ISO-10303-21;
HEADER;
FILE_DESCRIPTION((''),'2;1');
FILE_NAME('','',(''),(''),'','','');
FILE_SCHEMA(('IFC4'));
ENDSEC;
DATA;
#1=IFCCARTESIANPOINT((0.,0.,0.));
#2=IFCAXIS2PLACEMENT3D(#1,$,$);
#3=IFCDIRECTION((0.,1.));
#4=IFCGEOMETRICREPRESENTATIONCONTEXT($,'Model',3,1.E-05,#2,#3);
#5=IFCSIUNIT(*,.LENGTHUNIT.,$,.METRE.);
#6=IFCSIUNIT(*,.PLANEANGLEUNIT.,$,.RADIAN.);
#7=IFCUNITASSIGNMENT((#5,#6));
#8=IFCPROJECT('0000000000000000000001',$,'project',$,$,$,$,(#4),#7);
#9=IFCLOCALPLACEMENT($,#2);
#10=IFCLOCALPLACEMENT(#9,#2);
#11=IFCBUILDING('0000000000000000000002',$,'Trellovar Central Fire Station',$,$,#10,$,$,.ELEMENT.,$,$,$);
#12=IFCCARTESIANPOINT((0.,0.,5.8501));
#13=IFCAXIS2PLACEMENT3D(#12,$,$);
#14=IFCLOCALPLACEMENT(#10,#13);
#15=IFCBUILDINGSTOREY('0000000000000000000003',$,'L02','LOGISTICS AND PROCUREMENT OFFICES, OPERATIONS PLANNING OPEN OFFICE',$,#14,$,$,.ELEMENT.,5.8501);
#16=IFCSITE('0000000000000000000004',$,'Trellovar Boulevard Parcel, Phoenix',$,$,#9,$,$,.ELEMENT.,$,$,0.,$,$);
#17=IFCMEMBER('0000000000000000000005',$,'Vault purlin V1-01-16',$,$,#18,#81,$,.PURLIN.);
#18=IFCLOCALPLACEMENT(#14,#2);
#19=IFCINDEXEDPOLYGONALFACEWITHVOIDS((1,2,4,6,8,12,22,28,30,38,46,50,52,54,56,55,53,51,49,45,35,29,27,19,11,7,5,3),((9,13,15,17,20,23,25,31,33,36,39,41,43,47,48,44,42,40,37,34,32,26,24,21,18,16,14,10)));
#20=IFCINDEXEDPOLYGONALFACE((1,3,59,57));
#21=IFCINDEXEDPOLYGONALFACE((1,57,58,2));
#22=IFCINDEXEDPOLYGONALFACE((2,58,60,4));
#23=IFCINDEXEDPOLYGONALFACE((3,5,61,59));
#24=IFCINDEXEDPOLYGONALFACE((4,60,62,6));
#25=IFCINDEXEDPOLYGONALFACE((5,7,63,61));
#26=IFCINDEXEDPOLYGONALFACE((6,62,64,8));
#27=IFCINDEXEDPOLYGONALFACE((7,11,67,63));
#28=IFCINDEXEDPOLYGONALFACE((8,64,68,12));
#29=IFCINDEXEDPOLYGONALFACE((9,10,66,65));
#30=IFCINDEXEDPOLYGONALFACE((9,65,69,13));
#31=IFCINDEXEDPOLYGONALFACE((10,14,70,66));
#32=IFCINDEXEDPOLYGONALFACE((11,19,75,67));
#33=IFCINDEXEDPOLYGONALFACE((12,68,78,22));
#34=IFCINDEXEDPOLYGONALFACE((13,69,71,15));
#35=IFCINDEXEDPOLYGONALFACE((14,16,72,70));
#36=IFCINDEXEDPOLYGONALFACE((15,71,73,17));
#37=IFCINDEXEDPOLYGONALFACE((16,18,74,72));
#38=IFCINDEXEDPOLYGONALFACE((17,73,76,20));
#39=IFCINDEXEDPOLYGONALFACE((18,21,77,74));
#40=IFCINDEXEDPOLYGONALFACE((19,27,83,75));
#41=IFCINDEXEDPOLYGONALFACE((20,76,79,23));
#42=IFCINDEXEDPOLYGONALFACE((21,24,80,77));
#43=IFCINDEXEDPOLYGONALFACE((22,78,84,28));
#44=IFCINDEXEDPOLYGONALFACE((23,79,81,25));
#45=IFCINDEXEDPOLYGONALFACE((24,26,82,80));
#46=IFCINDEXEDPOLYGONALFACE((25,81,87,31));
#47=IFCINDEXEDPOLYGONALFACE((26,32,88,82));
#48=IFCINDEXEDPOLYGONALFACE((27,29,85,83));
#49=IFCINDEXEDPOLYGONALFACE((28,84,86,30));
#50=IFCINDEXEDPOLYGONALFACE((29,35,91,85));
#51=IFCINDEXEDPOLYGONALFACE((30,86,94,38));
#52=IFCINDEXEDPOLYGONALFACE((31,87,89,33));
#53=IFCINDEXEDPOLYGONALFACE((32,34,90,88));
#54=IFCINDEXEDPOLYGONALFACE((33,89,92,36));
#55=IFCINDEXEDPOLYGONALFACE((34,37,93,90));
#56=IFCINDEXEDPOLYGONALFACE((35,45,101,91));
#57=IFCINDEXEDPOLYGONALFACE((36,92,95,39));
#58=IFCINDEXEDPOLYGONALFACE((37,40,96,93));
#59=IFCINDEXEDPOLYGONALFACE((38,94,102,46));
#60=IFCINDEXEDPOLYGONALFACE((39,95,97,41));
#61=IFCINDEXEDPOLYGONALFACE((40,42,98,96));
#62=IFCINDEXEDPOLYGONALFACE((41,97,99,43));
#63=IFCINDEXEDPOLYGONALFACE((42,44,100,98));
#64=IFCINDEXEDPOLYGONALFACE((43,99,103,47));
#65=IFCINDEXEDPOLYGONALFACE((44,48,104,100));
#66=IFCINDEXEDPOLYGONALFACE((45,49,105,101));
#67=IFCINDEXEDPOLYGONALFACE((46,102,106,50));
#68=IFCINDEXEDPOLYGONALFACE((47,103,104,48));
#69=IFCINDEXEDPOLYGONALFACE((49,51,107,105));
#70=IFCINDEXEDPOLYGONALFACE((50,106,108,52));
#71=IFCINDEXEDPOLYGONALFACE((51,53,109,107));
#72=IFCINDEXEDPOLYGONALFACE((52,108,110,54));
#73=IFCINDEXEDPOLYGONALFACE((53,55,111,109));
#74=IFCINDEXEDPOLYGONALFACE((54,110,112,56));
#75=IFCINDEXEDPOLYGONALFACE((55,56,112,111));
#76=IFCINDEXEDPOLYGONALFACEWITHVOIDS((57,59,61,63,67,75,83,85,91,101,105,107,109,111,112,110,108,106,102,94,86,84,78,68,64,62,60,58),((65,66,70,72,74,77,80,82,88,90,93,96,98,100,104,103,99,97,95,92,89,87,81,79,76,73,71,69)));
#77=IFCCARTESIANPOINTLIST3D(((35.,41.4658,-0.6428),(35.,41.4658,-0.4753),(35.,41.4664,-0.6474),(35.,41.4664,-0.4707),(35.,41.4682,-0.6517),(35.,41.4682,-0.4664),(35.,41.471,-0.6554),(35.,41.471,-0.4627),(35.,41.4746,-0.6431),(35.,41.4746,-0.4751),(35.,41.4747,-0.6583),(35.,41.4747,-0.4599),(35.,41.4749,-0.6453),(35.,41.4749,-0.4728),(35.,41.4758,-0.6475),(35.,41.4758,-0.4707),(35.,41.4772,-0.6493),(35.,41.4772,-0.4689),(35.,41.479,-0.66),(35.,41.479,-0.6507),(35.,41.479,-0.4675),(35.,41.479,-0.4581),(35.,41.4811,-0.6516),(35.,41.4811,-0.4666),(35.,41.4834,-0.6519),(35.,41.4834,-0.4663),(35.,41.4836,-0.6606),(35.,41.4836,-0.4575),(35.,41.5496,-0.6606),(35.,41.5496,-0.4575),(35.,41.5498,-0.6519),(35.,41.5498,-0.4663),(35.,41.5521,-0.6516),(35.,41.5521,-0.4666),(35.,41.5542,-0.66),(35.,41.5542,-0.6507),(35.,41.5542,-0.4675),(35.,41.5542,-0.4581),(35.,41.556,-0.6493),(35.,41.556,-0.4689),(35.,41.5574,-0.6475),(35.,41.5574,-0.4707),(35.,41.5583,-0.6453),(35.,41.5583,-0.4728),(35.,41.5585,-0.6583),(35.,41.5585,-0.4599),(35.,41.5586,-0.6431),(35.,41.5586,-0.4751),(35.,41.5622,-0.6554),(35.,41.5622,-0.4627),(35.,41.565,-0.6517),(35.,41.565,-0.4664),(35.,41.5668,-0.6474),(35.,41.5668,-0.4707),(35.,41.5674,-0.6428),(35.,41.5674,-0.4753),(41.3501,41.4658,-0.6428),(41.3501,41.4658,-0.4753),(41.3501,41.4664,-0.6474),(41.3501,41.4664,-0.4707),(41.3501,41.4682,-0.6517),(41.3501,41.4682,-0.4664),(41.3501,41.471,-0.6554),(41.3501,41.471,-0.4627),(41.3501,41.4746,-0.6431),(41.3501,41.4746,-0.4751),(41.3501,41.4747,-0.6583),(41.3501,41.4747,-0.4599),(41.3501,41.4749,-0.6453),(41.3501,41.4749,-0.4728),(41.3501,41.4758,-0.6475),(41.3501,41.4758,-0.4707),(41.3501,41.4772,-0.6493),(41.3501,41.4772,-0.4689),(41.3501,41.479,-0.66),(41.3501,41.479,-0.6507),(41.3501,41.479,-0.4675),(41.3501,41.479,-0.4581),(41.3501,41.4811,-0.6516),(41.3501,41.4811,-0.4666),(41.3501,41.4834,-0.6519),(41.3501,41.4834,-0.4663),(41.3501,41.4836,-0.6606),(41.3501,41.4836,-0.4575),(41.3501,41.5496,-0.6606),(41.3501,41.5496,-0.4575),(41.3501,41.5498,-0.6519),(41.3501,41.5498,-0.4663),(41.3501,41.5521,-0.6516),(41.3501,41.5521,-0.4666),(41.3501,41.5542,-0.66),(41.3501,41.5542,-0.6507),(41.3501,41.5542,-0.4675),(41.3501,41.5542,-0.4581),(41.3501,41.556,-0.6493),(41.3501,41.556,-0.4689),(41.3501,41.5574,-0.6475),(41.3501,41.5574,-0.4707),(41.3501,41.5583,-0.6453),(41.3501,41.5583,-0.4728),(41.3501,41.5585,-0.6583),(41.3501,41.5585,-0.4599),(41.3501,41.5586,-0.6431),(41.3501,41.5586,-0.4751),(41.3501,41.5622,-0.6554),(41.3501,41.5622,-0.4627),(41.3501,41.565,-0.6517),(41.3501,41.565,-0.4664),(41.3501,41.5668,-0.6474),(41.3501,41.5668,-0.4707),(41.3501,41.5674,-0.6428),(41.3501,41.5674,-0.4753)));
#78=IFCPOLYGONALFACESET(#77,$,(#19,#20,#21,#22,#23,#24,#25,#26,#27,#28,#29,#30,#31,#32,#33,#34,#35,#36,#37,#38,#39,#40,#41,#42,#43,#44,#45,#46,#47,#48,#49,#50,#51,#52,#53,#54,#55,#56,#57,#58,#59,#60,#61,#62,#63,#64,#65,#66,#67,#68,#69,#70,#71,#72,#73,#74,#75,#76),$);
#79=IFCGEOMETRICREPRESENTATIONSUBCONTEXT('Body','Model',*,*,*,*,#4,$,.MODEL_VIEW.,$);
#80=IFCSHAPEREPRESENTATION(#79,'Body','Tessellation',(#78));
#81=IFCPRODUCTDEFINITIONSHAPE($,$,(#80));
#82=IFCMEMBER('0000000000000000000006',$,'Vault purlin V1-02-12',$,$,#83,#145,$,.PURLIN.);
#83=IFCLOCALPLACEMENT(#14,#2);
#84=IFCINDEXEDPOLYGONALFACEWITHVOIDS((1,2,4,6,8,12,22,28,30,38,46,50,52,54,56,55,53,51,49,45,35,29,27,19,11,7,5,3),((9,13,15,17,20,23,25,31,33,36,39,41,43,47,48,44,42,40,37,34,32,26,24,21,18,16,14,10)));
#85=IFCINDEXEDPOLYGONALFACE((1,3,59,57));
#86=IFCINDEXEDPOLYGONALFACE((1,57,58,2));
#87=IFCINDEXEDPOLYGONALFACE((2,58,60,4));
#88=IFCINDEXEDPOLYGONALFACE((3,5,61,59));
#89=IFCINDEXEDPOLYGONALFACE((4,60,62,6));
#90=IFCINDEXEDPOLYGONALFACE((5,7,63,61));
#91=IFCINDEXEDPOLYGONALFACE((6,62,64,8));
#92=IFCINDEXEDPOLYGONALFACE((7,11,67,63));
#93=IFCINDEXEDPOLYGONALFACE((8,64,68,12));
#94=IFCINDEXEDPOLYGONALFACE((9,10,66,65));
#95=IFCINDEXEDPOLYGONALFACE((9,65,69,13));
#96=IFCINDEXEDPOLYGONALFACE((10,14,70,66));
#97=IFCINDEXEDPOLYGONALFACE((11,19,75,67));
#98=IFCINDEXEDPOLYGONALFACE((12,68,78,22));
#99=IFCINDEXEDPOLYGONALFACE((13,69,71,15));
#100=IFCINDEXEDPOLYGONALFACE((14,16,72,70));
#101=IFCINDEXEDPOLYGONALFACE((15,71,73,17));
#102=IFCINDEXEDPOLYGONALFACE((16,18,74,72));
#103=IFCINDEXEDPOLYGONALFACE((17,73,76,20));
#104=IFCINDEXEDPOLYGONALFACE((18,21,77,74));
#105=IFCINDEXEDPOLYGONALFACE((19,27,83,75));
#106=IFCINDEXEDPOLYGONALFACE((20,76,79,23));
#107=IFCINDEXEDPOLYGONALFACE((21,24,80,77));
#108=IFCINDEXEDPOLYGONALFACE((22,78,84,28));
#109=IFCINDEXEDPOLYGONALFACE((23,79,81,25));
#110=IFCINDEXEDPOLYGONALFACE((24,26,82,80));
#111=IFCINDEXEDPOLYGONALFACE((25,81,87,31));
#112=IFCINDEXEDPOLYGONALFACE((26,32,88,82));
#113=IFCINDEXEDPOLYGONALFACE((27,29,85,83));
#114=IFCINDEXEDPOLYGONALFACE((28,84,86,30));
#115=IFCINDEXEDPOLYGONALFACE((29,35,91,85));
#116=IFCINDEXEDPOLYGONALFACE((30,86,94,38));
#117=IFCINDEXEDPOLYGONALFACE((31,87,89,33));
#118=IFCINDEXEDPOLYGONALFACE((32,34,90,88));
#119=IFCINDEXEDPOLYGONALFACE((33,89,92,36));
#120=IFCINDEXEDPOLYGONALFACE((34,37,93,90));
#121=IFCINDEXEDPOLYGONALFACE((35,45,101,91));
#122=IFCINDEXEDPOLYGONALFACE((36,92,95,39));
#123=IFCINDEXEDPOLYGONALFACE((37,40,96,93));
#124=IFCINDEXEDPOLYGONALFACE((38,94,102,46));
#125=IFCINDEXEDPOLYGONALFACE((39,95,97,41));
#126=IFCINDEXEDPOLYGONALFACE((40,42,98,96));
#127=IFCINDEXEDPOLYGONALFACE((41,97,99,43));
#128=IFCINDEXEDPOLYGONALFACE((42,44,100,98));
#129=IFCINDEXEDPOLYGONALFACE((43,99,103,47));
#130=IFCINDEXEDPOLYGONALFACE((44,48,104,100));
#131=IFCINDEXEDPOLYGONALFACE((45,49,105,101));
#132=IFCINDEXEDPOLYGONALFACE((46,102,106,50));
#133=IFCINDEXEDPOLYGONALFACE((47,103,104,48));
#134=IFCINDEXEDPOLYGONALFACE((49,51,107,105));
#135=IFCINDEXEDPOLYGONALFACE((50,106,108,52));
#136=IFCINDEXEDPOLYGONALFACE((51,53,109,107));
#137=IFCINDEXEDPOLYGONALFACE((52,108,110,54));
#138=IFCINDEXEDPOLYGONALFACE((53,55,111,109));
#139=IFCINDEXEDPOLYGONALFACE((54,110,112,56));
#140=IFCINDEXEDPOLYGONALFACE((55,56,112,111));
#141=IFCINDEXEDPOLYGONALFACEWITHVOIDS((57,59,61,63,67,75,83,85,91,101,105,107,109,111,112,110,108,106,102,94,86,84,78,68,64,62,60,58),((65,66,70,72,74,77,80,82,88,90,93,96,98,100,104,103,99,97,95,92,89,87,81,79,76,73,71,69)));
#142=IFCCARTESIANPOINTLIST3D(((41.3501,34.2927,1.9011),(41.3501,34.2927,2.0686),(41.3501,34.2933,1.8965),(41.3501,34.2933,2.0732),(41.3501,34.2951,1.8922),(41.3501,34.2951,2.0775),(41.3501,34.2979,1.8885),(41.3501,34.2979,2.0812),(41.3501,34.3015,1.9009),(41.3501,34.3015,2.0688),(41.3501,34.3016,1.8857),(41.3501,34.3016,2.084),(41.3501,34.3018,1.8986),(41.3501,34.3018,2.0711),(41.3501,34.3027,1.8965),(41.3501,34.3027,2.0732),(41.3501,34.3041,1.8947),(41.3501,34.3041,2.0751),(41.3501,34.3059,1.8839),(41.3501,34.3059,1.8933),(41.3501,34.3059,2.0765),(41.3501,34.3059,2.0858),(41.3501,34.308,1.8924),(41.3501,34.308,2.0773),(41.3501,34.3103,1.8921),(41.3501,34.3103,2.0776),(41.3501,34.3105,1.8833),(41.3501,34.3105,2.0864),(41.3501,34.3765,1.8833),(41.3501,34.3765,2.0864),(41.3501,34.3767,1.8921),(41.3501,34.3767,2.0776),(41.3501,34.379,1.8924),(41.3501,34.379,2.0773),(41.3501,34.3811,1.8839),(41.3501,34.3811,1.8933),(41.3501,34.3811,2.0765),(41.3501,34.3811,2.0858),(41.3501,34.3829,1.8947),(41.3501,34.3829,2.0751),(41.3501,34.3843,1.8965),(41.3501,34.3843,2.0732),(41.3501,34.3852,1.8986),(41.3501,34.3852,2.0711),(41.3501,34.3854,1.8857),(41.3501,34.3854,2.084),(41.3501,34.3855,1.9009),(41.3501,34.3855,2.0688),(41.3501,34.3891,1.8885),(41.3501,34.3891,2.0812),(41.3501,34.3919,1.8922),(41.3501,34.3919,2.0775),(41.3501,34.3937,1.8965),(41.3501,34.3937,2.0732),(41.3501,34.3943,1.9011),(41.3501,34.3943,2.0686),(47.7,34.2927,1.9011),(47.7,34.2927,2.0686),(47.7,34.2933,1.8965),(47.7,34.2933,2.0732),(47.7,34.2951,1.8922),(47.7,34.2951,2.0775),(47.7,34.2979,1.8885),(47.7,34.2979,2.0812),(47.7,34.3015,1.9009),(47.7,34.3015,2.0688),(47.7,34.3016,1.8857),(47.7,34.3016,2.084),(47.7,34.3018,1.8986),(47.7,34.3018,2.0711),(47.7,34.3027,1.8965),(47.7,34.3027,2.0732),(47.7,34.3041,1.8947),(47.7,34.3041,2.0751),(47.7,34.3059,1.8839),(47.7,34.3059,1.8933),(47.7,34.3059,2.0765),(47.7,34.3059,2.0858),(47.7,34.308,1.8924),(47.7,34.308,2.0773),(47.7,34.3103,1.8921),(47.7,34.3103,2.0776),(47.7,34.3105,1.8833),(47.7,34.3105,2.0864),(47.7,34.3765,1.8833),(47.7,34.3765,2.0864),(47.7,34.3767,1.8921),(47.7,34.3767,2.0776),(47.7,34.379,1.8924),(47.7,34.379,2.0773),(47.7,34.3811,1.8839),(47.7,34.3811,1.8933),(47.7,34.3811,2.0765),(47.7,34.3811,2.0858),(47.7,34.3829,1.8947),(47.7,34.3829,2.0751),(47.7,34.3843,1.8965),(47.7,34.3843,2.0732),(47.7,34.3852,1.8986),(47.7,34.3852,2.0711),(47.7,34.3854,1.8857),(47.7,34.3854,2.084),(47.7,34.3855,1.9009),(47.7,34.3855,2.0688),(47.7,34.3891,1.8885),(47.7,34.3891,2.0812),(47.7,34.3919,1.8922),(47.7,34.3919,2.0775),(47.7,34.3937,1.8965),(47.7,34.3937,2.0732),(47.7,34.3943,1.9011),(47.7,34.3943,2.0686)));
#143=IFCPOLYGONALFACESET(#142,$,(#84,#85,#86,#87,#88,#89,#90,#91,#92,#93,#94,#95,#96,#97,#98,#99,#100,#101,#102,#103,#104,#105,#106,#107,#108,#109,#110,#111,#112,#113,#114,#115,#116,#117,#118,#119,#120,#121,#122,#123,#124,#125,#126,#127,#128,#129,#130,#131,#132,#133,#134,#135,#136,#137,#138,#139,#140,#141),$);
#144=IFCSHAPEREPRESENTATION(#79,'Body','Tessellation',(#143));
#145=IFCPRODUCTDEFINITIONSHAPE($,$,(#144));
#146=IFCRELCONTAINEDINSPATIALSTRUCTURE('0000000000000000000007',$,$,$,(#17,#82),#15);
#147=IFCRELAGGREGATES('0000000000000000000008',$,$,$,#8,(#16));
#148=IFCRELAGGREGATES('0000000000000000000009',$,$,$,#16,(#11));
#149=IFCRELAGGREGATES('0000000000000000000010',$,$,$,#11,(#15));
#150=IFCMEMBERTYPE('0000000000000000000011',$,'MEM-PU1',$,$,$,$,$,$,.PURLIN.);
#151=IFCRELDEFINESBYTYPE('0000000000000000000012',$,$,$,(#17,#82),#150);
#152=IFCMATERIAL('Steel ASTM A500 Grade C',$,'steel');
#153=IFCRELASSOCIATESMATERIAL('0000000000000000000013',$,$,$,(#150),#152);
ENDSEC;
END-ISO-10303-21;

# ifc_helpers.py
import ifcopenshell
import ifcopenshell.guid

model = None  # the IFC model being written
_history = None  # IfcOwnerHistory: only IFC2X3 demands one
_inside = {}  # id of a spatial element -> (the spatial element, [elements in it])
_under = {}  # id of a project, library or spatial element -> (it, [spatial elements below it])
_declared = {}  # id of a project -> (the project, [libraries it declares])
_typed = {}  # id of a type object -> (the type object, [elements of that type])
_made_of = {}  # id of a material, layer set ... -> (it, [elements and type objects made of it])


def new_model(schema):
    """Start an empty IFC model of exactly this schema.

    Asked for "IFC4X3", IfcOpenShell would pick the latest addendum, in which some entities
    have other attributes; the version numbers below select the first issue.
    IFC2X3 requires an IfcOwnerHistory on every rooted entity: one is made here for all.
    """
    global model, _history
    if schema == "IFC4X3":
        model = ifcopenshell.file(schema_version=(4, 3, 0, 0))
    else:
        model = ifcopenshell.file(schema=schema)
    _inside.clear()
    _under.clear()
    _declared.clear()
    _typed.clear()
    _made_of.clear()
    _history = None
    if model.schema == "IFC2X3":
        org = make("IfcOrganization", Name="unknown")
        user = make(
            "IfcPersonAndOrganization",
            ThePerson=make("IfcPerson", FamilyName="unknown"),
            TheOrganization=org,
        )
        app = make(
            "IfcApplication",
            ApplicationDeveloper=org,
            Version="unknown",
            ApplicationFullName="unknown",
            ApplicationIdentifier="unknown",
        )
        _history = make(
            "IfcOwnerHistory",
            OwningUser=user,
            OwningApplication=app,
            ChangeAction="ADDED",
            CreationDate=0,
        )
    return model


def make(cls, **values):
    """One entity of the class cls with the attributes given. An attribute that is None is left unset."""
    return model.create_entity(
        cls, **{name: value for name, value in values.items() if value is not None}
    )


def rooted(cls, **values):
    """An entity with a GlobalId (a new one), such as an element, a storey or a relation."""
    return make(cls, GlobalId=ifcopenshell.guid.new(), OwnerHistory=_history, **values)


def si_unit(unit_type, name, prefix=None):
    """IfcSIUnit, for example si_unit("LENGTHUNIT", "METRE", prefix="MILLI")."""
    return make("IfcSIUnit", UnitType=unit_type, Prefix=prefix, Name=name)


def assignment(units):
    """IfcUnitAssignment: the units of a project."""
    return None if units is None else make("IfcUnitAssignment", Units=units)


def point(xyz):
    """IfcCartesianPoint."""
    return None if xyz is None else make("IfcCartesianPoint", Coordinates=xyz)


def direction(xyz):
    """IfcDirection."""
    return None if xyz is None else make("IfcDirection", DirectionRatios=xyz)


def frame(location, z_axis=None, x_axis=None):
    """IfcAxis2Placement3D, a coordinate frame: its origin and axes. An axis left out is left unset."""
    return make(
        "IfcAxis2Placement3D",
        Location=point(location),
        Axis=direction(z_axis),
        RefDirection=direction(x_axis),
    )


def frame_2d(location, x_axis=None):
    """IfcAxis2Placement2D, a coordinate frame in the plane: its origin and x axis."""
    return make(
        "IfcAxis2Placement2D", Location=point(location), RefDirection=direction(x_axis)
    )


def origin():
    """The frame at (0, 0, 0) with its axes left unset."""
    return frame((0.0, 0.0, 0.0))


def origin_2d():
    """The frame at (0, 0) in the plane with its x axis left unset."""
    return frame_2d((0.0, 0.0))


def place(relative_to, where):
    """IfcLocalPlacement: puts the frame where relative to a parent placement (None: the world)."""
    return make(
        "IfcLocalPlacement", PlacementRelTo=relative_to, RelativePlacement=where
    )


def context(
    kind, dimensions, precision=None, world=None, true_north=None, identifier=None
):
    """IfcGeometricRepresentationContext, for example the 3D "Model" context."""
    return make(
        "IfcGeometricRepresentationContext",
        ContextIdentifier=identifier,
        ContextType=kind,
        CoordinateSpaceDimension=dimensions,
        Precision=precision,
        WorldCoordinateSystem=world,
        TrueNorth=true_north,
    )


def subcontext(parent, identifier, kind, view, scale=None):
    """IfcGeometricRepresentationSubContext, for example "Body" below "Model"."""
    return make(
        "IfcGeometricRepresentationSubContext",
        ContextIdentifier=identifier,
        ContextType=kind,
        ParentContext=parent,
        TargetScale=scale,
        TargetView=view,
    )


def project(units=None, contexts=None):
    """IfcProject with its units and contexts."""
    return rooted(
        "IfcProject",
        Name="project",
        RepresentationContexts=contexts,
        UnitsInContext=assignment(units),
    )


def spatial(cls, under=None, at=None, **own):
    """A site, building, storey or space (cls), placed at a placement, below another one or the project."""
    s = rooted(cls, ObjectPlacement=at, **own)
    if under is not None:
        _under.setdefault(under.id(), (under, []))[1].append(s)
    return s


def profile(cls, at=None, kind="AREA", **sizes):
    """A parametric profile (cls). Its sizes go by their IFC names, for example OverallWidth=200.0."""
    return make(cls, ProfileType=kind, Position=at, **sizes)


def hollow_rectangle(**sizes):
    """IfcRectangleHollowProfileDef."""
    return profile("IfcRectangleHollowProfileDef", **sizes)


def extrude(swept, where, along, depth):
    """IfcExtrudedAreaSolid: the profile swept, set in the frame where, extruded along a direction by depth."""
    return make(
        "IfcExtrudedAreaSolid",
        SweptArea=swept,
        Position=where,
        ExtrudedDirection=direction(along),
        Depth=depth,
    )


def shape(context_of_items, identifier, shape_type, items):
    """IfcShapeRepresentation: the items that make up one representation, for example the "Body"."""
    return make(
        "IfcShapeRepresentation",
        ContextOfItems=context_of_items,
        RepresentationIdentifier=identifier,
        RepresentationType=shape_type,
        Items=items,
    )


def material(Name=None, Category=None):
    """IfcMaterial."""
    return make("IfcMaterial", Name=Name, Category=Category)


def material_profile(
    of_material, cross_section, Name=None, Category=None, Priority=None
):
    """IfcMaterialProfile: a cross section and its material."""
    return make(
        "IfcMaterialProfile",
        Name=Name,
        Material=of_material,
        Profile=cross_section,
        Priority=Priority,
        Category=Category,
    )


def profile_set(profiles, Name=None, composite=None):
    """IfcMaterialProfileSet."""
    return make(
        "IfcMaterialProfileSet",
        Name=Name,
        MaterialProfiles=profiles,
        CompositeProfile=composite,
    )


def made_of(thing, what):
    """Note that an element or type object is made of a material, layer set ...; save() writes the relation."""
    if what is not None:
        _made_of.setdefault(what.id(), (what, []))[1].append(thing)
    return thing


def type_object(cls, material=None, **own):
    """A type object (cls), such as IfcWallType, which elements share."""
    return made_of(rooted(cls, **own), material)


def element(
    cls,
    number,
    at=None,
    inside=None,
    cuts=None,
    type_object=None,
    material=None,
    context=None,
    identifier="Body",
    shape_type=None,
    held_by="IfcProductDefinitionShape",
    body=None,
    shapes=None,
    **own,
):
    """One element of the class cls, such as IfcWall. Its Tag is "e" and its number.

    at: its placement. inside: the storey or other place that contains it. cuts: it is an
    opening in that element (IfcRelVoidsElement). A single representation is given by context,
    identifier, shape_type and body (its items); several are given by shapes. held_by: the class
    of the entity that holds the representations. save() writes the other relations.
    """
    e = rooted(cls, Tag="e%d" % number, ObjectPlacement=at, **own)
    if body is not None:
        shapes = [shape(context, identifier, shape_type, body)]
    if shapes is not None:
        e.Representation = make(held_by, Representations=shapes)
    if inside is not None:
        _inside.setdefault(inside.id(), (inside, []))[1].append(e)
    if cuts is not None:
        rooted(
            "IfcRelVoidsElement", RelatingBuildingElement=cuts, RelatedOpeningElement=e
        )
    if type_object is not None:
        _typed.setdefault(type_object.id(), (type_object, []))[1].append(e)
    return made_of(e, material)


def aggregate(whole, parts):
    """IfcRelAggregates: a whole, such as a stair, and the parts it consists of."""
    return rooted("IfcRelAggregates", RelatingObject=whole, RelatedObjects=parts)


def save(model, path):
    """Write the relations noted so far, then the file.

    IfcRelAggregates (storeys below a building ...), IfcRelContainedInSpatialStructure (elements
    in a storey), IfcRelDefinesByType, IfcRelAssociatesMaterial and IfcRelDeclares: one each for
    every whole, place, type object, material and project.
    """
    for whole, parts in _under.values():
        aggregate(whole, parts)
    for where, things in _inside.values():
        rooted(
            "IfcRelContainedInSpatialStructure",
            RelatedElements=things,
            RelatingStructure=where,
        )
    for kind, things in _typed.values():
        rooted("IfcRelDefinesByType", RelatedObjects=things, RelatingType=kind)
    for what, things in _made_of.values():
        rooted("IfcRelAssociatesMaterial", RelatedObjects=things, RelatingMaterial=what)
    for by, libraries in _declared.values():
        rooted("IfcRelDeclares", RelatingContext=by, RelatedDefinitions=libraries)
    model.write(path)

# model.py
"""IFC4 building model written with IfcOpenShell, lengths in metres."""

from ifc_helpers import new_model, si_unit, direction, frame, origin, origin_2d, place, context, subcontext, project, spatial, hollow_rectangle, extrude, material, material_profile, profile_set, type_object, element, save


model = new_model("IFC4")

# Units and contexts
model_context = context("Model", 3, precision=1e-05, world=origin(), true_north=direction((0.0, 1.0)))
body_context = subcontext(model_context, "Body", "Model", "MODEL_VIEW")
ifc_project = project(units=[si_unit("LENGTHUNIT", "METRE"), si_unit("PLANEANGLEUNIT", "RADIAN")], contexts=[model_context])

# Site, building, storey
site_placement = place(None, origin())
site = spatial("IfcSite", under=ifc_project, at=site_placement, Name="Trellovar Boulevard Parcel, Phoenix", CompositionType="ELEMENT", RefElevation=0.0)
building_placement = place(site_placement, origin())
building = spatial("IfcBuilding", under=site, at=building_placement, Name="Trellovar Central Fire Station", CompositionType="ELEMENT")
storey_placement = place(building_placement, frame((0.0, 0.0, 5.8501)))
storey = spatial("IfcBuildingStorey", under=building, at=storey_placement, Name="L02", Description="LOGISTICS AND PROCUREMENT OFFICES, OPERATIONS PLANNING OPEN OFFICE", CompositionType="ELEMENT", Elevation=5.8501)

# Members
ifc_material_1 = material(Name="Steel ASTM A500 Grade C", Category="steel")
ifc_material_profile_1 = material_profile(ifc_material_1, hollow_rectangle(XDim=0.1016, YDim=0.2031, WallThickness=0.0088, InnerFilletRadius=0.0088, OuterFilletRadius=0.0178, at=origin_2d()), Name="HSS8X4X3/8")
ifc_profile_set_1 = profile_set([ifc_material_profile_1], Name="Steel ASTM A500 Grade C")
member_type_1 = type_object("IfcMemberType", Name="MEM-PU1", PredefinedType="PURLIN", material=ifc_profile_set_1)
member_1_placement = place(storey_placement, frame((35.0, 41.5166, -0.5591), z_axis=(1.0, 0.0, 0.0), x_axis=(0.0, 1.0, 0.0)))
element("IfcMember", 1, at=member_1_placement, inside=storey, type_object=member_type_1, Name="Vault purlin V1-01-16", PredefinedType="PURLIN", context=body_context, shape_type="SweptSolid", body=[
    extrude(hollow_rectangle(XDim=0.1016, YDim=0.2031, WallThickness=0.0088, InnerFilletRadius=0.0088, OuterFilletRadius=0.0178, at=origin_2d()), origin(), (0.0, 0.0, 1.0), 6.3501),
])
for number, where, z_axis, x_axis, name in (
    (2, (41.3501, 34.3435, 1.9849), (1.0, 0.0, 0.0), (0.0, 1.0, 0.0), "Vault purlin V1-02-12"),
):
    element("IfcMember", number, at=place(storey_placement, frame(where, z_axis=z_axis, x_axis=x_axis)), inside=storey, type_object=member_type_1, Name=name, PredefinedType="PURLIN", context=body_context, shape_type="SweptSolid", body=[
        extrude(hollow_rectangle(XDim=0.1016, YDim=0.2031, WallThickness=0.0088, InnerFilletRadius=0.0088, OuterFilletRadius=0.0178, at=origin_2d()), origin(), (0.0, 0.0, 1.0), 6.3499),
    ])

save(model, "model.ifc")
